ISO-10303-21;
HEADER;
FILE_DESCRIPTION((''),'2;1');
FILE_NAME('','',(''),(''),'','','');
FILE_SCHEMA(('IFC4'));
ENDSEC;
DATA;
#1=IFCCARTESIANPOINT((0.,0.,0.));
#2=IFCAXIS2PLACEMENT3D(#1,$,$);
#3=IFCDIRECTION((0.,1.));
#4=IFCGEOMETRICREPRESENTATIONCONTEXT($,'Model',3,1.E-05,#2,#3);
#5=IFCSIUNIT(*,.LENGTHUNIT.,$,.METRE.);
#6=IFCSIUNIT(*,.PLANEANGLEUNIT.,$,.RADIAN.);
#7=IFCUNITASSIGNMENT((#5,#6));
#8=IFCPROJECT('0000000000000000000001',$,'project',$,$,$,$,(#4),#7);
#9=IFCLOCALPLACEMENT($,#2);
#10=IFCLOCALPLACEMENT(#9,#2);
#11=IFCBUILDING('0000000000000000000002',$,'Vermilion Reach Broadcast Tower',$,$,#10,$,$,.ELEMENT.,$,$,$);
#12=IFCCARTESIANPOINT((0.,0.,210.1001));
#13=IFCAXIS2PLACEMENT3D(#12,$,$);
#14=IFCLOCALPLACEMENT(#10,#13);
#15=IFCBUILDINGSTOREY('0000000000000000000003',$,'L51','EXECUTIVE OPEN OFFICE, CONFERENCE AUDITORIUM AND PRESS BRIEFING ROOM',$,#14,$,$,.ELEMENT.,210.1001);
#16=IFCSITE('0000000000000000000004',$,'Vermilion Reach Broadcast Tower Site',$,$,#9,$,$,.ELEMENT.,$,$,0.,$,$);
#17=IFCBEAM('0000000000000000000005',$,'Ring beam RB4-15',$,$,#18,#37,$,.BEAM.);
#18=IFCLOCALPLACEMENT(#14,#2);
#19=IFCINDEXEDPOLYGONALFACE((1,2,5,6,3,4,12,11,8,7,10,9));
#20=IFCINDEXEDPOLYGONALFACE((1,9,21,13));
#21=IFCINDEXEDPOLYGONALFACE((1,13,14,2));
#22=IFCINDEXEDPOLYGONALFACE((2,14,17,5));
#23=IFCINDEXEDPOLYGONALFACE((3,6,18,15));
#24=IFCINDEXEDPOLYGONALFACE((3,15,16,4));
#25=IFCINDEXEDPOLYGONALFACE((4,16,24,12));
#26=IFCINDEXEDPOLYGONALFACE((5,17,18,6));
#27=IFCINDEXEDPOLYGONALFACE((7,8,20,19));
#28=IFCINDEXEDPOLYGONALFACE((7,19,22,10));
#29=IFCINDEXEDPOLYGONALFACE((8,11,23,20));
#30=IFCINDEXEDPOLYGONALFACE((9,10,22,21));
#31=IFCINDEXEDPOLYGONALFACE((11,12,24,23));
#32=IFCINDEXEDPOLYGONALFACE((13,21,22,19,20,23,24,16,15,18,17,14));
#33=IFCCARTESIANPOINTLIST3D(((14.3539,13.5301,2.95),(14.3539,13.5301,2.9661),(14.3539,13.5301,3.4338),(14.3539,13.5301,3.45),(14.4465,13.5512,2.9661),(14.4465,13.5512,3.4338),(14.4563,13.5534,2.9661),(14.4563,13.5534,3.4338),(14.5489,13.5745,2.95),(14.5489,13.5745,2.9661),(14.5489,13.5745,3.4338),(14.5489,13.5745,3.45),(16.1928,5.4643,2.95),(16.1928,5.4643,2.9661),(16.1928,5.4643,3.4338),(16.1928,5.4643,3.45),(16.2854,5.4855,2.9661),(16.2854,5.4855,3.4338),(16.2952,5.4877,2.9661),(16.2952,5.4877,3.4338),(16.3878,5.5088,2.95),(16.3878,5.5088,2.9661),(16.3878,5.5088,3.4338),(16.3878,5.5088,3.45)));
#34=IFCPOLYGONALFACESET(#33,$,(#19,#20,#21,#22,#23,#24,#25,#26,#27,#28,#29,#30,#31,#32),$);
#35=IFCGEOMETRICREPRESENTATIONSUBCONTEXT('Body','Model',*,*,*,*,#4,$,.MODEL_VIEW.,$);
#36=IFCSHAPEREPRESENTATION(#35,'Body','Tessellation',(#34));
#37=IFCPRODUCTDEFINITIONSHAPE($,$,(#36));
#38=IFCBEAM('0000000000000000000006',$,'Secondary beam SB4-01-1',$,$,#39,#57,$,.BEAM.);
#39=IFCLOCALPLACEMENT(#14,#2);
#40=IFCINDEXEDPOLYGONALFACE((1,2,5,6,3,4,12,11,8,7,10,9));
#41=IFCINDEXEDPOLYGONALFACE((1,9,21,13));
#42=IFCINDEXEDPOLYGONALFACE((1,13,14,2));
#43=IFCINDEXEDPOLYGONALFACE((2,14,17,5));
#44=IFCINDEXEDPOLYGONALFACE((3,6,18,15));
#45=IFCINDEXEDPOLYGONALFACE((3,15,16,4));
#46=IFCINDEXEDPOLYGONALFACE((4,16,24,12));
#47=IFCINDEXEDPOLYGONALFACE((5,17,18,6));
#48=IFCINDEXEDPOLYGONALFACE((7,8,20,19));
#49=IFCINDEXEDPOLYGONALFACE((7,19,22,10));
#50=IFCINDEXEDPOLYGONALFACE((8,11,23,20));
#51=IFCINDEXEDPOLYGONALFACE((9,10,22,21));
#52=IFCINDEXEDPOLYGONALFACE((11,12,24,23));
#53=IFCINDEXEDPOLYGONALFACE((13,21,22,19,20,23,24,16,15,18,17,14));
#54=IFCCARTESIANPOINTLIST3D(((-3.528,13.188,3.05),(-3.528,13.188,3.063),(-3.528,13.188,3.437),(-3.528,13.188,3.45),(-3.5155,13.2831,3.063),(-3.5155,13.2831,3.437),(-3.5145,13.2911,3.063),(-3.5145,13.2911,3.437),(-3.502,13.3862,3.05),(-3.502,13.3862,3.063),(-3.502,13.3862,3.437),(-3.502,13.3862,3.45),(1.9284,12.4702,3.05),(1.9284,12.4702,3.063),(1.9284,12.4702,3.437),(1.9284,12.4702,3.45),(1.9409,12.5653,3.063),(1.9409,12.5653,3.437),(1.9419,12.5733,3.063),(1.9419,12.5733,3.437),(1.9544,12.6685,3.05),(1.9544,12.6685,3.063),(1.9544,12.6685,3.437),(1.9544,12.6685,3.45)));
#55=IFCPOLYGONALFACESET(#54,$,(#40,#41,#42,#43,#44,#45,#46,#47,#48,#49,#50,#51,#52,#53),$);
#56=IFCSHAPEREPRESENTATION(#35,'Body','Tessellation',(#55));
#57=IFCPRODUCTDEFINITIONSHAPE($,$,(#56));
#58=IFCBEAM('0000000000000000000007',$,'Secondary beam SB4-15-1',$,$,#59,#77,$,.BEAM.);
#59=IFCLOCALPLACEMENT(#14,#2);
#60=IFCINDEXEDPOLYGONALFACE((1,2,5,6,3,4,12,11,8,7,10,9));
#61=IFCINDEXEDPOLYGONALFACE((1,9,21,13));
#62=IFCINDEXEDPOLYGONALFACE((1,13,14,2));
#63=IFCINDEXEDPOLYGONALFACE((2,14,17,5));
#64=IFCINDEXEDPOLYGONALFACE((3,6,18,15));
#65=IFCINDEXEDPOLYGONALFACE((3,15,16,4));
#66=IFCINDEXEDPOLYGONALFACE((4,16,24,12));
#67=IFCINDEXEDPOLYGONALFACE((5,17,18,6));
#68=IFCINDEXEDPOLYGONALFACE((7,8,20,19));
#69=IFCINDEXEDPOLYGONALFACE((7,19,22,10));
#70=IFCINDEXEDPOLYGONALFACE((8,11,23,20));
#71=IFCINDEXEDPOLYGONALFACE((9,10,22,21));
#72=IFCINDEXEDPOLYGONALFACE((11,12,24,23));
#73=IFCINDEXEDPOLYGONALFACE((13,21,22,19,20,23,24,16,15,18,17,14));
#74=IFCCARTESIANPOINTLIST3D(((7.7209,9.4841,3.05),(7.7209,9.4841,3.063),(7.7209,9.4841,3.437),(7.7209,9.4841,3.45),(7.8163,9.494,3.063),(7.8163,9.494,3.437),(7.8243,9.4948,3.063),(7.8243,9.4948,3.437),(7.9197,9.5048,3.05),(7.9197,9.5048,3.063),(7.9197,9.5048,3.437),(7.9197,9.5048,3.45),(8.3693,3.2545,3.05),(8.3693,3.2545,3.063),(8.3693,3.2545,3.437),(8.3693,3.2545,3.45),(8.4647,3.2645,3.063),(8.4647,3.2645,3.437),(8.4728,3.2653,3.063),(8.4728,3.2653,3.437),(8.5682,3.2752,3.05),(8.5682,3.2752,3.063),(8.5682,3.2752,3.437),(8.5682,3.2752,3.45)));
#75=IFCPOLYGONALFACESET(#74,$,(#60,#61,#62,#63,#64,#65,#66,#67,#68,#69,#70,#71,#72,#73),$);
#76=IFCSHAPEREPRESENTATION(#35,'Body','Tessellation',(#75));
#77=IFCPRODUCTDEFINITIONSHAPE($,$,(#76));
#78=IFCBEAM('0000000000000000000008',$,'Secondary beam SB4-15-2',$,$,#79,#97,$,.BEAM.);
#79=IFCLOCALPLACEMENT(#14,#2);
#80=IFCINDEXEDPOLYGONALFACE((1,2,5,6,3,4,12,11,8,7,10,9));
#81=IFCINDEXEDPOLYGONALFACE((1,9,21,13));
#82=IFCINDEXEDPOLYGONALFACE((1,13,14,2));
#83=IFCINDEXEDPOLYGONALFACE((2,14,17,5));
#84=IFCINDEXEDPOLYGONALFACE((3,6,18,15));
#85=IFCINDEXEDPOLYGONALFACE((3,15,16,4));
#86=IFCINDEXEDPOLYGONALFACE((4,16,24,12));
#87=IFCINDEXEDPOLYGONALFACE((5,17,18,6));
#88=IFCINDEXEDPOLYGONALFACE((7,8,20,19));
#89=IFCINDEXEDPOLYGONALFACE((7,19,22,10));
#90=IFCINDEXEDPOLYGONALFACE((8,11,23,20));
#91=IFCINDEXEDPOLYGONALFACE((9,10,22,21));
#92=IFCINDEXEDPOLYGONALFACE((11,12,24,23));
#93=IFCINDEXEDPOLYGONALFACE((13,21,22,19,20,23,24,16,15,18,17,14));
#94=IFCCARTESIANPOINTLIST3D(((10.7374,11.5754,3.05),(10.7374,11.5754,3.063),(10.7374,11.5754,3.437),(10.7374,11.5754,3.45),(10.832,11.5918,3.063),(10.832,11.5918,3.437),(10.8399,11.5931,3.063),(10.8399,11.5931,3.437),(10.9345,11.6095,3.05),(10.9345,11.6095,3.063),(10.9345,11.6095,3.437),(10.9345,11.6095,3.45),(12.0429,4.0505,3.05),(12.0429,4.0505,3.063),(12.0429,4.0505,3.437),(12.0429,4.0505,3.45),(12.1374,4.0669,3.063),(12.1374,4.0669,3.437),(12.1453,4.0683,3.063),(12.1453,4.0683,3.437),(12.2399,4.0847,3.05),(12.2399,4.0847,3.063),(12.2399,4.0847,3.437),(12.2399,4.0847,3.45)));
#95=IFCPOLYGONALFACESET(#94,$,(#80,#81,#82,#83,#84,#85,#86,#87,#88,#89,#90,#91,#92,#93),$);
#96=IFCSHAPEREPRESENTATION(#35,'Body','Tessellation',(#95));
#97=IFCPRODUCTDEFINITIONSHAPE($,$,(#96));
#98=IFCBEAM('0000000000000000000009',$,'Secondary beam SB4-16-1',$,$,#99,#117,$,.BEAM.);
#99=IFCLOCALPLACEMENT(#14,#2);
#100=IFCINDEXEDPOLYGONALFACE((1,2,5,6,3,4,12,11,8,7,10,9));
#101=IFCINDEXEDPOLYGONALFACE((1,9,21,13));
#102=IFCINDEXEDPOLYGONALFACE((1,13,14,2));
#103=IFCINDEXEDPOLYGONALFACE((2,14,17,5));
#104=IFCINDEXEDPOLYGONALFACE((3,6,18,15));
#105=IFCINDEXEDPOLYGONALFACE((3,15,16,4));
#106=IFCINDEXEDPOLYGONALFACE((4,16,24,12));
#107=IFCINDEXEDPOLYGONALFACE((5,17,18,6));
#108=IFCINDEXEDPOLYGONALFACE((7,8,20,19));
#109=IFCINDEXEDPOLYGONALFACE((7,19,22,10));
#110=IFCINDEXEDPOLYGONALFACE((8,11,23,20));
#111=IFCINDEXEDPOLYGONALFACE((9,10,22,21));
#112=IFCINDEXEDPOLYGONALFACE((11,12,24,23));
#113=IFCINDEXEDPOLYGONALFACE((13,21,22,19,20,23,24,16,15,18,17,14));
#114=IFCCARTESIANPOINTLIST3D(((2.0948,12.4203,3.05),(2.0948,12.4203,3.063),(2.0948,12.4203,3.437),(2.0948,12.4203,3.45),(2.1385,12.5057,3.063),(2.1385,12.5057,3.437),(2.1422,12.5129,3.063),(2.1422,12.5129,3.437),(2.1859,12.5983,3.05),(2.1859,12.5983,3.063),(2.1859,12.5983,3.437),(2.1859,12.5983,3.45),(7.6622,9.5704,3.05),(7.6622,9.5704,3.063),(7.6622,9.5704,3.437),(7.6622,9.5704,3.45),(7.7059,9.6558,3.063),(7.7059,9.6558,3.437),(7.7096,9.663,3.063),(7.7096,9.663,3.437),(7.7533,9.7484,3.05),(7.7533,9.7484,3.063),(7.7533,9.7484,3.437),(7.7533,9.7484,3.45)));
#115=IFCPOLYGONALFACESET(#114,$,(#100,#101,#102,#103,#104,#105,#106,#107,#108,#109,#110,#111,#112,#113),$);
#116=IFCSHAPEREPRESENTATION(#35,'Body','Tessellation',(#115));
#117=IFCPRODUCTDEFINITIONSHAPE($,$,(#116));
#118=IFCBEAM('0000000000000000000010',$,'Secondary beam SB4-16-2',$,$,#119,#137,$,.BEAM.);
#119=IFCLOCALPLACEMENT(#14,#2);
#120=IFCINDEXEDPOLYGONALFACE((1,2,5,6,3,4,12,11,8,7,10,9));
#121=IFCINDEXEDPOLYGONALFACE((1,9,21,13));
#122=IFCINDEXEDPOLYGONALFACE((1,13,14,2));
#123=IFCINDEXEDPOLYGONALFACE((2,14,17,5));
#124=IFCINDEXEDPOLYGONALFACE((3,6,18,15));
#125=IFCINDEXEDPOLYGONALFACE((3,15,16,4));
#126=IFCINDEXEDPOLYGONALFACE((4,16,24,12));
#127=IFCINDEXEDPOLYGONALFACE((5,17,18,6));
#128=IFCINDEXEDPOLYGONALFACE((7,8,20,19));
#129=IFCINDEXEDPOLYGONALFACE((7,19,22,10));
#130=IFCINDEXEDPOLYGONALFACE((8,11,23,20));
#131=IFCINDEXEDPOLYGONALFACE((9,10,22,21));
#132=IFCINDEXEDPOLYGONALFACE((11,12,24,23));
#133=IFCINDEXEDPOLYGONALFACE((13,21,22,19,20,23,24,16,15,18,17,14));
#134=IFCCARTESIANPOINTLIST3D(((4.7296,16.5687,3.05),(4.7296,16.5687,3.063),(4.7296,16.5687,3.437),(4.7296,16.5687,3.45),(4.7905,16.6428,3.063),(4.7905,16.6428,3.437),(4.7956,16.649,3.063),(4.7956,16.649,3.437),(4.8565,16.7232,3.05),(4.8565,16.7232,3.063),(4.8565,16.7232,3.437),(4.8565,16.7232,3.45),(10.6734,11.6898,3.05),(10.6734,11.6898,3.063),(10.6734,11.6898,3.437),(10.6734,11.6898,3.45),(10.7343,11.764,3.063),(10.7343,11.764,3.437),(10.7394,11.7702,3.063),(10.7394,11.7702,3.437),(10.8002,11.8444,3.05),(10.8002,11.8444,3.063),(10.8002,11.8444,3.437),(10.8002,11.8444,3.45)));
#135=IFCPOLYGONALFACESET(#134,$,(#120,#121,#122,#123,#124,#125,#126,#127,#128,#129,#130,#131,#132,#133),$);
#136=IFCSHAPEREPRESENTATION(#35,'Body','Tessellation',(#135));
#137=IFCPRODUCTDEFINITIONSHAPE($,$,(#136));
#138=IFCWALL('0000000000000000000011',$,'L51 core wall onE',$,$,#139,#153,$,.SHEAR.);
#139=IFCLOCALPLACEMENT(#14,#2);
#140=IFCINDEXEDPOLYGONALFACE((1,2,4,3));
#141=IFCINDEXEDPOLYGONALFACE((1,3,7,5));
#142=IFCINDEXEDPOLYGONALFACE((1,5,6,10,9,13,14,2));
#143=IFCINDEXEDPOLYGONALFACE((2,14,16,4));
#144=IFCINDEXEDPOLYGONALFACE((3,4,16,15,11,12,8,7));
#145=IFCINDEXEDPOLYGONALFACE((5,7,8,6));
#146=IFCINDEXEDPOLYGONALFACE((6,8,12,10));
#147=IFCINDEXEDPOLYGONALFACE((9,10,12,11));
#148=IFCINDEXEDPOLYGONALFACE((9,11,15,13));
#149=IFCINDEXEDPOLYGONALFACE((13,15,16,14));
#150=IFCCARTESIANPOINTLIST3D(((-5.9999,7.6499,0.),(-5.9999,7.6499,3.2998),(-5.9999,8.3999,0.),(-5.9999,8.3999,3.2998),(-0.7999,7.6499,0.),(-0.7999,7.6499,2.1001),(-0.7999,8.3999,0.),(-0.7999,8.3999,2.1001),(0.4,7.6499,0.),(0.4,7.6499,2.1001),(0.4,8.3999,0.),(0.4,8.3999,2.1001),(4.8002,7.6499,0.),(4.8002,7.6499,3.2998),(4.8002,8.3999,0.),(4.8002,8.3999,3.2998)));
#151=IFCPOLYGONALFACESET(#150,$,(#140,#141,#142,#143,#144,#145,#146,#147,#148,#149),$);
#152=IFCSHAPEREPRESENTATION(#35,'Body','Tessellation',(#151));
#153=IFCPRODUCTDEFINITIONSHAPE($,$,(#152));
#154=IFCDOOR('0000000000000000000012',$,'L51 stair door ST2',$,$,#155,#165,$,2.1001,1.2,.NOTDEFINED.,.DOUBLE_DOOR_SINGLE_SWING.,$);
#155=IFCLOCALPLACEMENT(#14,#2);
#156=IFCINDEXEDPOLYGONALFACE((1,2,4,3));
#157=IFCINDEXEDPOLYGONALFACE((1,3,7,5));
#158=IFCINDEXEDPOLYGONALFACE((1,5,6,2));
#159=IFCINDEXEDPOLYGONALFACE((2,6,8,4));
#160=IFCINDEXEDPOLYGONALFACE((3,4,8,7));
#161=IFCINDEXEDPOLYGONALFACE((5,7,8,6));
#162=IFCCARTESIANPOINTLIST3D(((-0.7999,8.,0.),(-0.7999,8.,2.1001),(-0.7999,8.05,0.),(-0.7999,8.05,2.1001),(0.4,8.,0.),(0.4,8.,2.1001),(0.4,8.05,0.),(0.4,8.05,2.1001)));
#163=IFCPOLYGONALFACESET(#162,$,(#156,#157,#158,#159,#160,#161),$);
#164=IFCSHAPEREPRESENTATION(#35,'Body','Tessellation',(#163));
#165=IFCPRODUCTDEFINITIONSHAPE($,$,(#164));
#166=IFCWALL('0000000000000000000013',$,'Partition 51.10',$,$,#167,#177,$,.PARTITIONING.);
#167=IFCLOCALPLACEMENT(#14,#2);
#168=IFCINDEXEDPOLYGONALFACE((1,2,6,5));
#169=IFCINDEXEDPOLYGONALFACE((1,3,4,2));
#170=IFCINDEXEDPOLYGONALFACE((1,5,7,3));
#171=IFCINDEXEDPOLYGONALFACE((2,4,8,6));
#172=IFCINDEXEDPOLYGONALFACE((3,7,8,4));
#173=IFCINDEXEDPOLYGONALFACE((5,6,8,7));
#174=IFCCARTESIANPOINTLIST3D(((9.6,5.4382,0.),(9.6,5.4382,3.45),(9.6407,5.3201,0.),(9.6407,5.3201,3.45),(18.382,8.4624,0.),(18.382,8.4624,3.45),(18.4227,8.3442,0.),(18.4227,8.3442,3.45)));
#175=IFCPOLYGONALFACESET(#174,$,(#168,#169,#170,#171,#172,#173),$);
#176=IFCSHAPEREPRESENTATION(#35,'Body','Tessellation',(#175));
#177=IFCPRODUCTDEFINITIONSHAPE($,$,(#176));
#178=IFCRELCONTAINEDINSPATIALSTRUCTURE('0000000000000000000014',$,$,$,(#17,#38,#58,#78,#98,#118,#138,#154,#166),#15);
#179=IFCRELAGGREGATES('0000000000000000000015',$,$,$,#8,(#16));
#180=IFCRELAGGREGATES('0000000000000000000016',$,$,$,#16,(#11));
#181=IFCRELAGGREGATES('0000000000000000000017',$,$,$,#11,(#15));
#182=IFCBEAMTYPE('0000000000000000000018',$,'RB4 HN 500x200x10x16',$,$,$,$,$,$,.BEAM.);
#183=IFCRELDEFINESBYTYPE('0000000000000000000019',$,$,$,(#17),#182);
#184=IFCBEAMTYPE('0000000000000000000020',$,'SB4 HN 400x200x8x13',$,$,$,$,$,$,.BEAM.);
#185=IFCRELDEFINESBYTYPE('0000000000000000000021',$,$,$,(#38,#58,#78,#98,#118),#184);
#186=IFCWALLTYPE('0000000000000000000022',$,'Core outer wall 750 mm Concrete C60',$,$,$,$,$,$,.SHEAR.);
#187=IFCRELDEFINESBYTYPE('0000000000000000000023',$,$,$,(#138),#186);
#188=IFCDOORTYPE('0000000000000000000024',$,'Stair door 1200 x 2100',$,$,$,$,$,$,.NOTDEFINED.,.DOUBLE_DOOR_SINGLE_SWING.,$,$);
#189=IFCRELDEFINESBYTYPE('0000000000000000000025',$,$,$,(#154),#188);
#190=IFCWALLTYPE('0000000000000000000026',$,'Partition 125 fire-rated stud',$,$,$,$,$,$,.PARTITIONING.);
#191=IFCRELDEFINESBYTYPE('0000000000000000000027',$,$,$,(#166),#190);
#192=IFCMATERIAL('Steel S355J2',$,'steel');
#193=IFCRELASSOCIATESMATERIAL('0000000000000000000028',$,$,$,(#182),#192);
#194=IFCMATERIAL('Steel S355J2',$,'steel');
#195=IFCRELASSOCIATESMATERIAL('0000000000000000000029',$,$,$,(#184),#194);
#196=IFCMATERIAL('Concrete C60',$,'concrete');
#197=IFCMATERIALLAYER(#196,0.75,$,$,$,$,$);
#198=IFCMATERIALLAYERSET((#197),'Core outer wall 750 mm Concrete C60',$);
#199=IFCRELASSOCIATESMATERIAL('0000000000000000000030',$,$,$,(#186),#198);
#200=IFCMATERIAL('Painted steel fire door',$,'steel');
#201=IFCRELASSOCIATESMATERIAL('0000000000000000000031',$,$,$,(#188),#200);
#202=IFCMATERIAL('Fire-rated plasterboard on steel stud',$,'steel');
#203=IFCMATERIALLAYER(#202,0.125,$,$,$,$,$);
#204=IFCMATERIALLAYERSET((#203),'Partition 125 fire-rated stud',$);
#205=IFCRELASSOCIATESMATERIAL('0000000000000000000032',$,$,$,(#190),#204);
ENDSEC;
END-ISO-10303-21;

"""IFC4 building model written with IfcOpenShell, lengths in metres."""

from ifc_helpers import new_model, si_unit, direction, frame, frame_2d, origin, origin_2d, place, context, subcontext, project, spatial, rectangle, i_section, extrude, material, layer, layer_set, material_profile, profile_set, type_object, element, fill, save


model = new_model("IFC4")

# Units and contexts
model_context = context("Model", 3, precision=1e-05, world=origin(), true_north=direction((0.0, 1.0)))
body_context = subcontext(model_context, "Body", "Model", "MODEL_VIEW")
ifc_project = project(units=[si_unit("LENGTHUNIT", "METRE"), si_unit("PLANEANGLEUNIT", "RADIAN")], contexts=[model_context])

# Site, building, storey
site_placement = place(None, origin())
site = spatial("IfcSite", under=ifc_project, at=site_placement, Name="Vermilion Reach Broadcast Tower Site", CompositionType="ELEMENT", RefElevation=0.0)
building_placement = place(site_placement, origin())
building = spatial("IfcBuilding", under=site, at=building_placement, Name="Vermilion Reach Broadcast Tower", CompositionType="ELEMENT")
storey_placement = place(building_placement, frame((0.0, 0.0, 210.1001)))
storey = spatial("IfcBuildingStorey", under=building, at=storey_placement, Name="L51", Description="EXECUTIVE OPEN OFFICE, CONFERENCE AUDITORIUM AND PRESS BRIEFING ROOM", CompositionType="ELEMENT", Elevation=210.1001)

# Beams
ifc_material_1 = material(Name="Steel S355J2", Category="steel")
ifc_material_profile_1 = material_profile(ifc_material_1, i_section(OverallWidth=0.2, OverallDepth=0.5, WebThickness=0.01, FlangeThickness=0.0161, at=origin_2d()), Name="S355J2 HN 500x200x10x16")
ifc_profile_set_1 = profile_set([ifc_material_profile_1], Name="Steel S355J2")
beam_type_1 = type_object("IfcBeamType", Name="RB4 HN 500x200x10x16", PredefinedType="BEAM", material=ifc_profile_set_1)
beam_1_placement = place(storey_placement, frame((16.2903, 5.4866, 3.2), z_axis=(-0.222283, 0.974982, 0.0), x_axis=(-0.974982, -0.222283, 0.0)))
element("IfcBeam", 1, at=beam_1_placement, inside=storey, type_object=beam_type_1, Name="Ring beam RB4-15", PredefinedType="BEAM", context=body_context, shape_type="SweptSolid", body=[
    extrude(i_section(OverallWidth=0.2, OverallDepth=0.5, WebThickness=0.01, FlangeThickness=0.0161, at=origin_2d()), origin(), (0.0, 0.0, 1.0), 8.2727),
])
ifc_material_2 = material(Name="Steel S355J2", Category="steel")
ifc_material_profile_2 = material_profile(ifc_material_2, i_section(OverallWidth=0.2, OverallDepth=0.3999, WebThickness=0.0081, FlangeThickness=0.0129, at=origin_2d()), Name="S355J2 HN 400x200x8x13")
ifc_profile_set_2 = profile_set([ifc_material_profile_2], Name="Steel S355J2")
beam_type_2 = type_object("IfcBeamType", Name="SB4 HN 400x200x8x13", PredefinedType="BEAM", material=ifc_profile_set_2)
beam_2_placement = place(storey_placement, frame((1.9414, 12.5693, 3.25), z_axis=(-0.991458, 0.130426, 0.0), x_axis=(-0.130426, -0.991458, 0.0)))
element("IfcBeam", 2, at=beam_2_placement, inside=storey, type_object=beam_type_2, Name="Secondary beam SB4-01-1", PredefinedType="BEAM", context=body_context, shape_type="SweptSolid", body=[
    extrude(i_section(OverallWidth=0.2, OverallDepth=0.3999, WebThickness=0.0081, FlangeThickness=0.0129, at=origin_2d()), origin(), (0.0, 0.0, 1.0), 5.5034),
])
beam_3_placement = place(storey_placement, frame((8.4688, 3.2649, 3.25), z_axis=(-0.103532, 0.994626, 0.0), x_axis=(-0.994626, -0.103532, 0.0)))
element("IfcBeam", 3, at=beam_3_placement, inside=storey, type_object=beam_type_2, Name="Secondary beam SB4-15-1", PredefinedType="BEAM", context=body_context, shape_type="SweptSolid", body=[
    extrude(i_section(OverallWidth=0.2, OverallDepth=0.3999, WebThickness=0.0081, FlangeThickness=0.0129, at=origin_2d()), origin(), (0.0, 0.0, 1.0), 6.2632),
])
beam_4_placement = place(storey_placement, frame((12.1414, 4.0676, 3.25), z_axis=(-0.170927, 0.985284, 0.0), x_axis=(-0.985284, -0.170927, 0.0)))
element("IfcBeam", 4, at=beam_4_placement, inside=storey, type_object=beam_type_2, Name="Secondary beam SB4-15-2", PredefinedType="BEAM", context=body_context, shape_type="SweptSolid", body=[
    extrude(i_section(OverallWidth=0.2, OverallDepth=0.3999, WebThickness=0.0081, FlangeThickness=0.0129, at=origin_2d()), origin(), (0.0, 0.0, 1.0), 7.6372),
])
beam_5_placement = place(storey_placement, frame((7.7078, 9.6594, 3.25), z_axis=(-0.890156, 0.455656, 0.0), x_axis=(-0.455656, -0.890156, 0.0)))
element("IfcBeam", 5, at=beam_5_placement, inside=storey, type_object=beam_type_2, Name="Secondary beam SB4-16-1", PredefinedType="BEAM", context=body_context, shape_type="SweptSolid", body=[
    extrude(i_section(OverallWidth=0.2, OverallDepth=0.3999, WebThickness=0.0081, FlangeThickness=0.0129, at=origin_2d()), origin(), (0.0, 0.0, 1.0), 6.2544),
])
beam_6_placement = place(storey_placement, frame((10.7368, 11.7671, 3.25), z_axis=(-0.772952, 0.634465, 0.0), x_axis=(-0.634465, -0.772952, 0.0)))
element("IfcBeam", 6, at=beam_6_placement, inside=storey, type_object=beam_type_2, Name="Secondary beam SB4-16-2", PredefinedType="BEAM", context=body_context, shape_type="SweptSolid", body=[
    extrude(i_section(OverallWidth=0.2, OverallDepth=0.3999, WebThickness=0.0081, FlangeThickness=0.0129, at=origin_2d()), origin(), (0.0, 0.0, 1.0), 7.6897),
])

# Wall, opening, door
ifc_material_3 = material(Name="Concrete C60", Category="concrete")
ifc_layer_1 = layer(ifc_material_3, 0.75)
ifc_layer_set_1 = layer_set([ifc_layer_1], Name="Core outer wall 750 mm Concrete C60")
wall_type_1 = type_object("IfcWallType", Name="Core outer wall 750 mm Concrete C60", PredefinedType="SHEAR", material=ifc_layer_set_1)
wall_1_placement = place(storey_placement, frame((4.8, 8.0249, 0.0), z_axis=(0.0, 0.0, 1.0), x_axis=(-1.0, 0.0, 0.0)))
wall_1 = element("IfcWall", 7, at=wall_1_placement, inside=storey, type_object=wall_type_1, Name="L51 core wall onE", PredefinedType="SHEAR", context=body_context, shape_type="SweptSolid", body=[
    extrude(rectangle(XDim=10.8, YDim=0.75, at=frame_2d((5.3999, 0.0))), origin(), (0.0, 0.0, 1.0), 3.2998),
])
opening_1_placement = place(wall_1_placement, frame((4.3999, 0.0, 0.0)))
opening_1 = element("IfcOpeningElement", 8, at=opening_1_placement, cuts=wall_1, PredefinedType="OPENING", context=body_context, shape_type="SweptSolid", body=[
    extrude(rectangle(XDim=1.2, YDim=2.1001, at=frame_2d((0.6001, 1.05))), frame((0.0, 0.385, 0.0), z_axis=(0.0, -1.0, 0.0), x_axis=(1.0, 0.0, 0.0)), (0.0, 0.0, 1.0), 0.77),
])
ifc_material_4 = material(Name="Painted steel fire door", Category="steel")
door_type_1 = type_object("IfcDoorType", Name="Stair door 1200 x 2100", OperationType="DOUBLE_DOOR_SINGLE_SWING", PredefinedType="NOTDEFINED", material=ifc_material_4)
door_1_placement = place(opening_1_placement, origin())
door_1 = element("IfcDoor", 9, at=door_1_placement, inside=storey, type_object=door_type_1, Name="L51 stair door ST2", OperationType="DOUBLE_DOOR_SINGLE_SWING", OverallHeight=2.1001, OverallWidth=1.2, PredefinedType="NOTDEFINED", context=body_context, shape_type="SweptSolid", body=[
    extrude(rectangle(XDim=1.2, YDim=2.1001, at=frame_2d((0.6001, 1.05))), frame((0.0, 0.0249, 0.0), z_axis=(0.0, -1.0, 0.0), x_axis=(1.0, 0.0, 0.0)), (0.0, 0.0, 1.0), 0.05),
])
fill(opening_1, door_1)

# Wall
ifc_material_5 = material(Name="Fire-rated plasterboard on steel stud", Category="steel")
ifc_layer_2 = layer(ifc_material_5, 0.125)
ifc_layer_set_2 = layer_set([ifc_layer_2], Name="Partition 125 fire-rated stud")
wall_type_2 = type_object("IfcWallType", Name="Partition 125 fire-rated stud", PredefinedType="PARTITIONING", material=ifc_layer_set_2)
wall_2_placement = place(storey_placement, frame((18.4023, 8.4033, 0.0), z_axis=(0.0, 0.0, 1.0), x_axis=(-0.945509, -0.325596, 0.0)))
element("IfcWall", 10, at=wall_2_placement, inside=storey, type_object=wall_type_2, Name="Partition 51.10", PredefinedType="PARTITIONING", context=body_context, shape_type="SweptSolid", body=[
    extrude(rectangle(XDim=9.2881, YDim=0.125, at=frame_2d((4.644, 0.0))), origin(), (0.0, 0.0, 1.0), 3.45),
])

save(model, "model.ifc")
